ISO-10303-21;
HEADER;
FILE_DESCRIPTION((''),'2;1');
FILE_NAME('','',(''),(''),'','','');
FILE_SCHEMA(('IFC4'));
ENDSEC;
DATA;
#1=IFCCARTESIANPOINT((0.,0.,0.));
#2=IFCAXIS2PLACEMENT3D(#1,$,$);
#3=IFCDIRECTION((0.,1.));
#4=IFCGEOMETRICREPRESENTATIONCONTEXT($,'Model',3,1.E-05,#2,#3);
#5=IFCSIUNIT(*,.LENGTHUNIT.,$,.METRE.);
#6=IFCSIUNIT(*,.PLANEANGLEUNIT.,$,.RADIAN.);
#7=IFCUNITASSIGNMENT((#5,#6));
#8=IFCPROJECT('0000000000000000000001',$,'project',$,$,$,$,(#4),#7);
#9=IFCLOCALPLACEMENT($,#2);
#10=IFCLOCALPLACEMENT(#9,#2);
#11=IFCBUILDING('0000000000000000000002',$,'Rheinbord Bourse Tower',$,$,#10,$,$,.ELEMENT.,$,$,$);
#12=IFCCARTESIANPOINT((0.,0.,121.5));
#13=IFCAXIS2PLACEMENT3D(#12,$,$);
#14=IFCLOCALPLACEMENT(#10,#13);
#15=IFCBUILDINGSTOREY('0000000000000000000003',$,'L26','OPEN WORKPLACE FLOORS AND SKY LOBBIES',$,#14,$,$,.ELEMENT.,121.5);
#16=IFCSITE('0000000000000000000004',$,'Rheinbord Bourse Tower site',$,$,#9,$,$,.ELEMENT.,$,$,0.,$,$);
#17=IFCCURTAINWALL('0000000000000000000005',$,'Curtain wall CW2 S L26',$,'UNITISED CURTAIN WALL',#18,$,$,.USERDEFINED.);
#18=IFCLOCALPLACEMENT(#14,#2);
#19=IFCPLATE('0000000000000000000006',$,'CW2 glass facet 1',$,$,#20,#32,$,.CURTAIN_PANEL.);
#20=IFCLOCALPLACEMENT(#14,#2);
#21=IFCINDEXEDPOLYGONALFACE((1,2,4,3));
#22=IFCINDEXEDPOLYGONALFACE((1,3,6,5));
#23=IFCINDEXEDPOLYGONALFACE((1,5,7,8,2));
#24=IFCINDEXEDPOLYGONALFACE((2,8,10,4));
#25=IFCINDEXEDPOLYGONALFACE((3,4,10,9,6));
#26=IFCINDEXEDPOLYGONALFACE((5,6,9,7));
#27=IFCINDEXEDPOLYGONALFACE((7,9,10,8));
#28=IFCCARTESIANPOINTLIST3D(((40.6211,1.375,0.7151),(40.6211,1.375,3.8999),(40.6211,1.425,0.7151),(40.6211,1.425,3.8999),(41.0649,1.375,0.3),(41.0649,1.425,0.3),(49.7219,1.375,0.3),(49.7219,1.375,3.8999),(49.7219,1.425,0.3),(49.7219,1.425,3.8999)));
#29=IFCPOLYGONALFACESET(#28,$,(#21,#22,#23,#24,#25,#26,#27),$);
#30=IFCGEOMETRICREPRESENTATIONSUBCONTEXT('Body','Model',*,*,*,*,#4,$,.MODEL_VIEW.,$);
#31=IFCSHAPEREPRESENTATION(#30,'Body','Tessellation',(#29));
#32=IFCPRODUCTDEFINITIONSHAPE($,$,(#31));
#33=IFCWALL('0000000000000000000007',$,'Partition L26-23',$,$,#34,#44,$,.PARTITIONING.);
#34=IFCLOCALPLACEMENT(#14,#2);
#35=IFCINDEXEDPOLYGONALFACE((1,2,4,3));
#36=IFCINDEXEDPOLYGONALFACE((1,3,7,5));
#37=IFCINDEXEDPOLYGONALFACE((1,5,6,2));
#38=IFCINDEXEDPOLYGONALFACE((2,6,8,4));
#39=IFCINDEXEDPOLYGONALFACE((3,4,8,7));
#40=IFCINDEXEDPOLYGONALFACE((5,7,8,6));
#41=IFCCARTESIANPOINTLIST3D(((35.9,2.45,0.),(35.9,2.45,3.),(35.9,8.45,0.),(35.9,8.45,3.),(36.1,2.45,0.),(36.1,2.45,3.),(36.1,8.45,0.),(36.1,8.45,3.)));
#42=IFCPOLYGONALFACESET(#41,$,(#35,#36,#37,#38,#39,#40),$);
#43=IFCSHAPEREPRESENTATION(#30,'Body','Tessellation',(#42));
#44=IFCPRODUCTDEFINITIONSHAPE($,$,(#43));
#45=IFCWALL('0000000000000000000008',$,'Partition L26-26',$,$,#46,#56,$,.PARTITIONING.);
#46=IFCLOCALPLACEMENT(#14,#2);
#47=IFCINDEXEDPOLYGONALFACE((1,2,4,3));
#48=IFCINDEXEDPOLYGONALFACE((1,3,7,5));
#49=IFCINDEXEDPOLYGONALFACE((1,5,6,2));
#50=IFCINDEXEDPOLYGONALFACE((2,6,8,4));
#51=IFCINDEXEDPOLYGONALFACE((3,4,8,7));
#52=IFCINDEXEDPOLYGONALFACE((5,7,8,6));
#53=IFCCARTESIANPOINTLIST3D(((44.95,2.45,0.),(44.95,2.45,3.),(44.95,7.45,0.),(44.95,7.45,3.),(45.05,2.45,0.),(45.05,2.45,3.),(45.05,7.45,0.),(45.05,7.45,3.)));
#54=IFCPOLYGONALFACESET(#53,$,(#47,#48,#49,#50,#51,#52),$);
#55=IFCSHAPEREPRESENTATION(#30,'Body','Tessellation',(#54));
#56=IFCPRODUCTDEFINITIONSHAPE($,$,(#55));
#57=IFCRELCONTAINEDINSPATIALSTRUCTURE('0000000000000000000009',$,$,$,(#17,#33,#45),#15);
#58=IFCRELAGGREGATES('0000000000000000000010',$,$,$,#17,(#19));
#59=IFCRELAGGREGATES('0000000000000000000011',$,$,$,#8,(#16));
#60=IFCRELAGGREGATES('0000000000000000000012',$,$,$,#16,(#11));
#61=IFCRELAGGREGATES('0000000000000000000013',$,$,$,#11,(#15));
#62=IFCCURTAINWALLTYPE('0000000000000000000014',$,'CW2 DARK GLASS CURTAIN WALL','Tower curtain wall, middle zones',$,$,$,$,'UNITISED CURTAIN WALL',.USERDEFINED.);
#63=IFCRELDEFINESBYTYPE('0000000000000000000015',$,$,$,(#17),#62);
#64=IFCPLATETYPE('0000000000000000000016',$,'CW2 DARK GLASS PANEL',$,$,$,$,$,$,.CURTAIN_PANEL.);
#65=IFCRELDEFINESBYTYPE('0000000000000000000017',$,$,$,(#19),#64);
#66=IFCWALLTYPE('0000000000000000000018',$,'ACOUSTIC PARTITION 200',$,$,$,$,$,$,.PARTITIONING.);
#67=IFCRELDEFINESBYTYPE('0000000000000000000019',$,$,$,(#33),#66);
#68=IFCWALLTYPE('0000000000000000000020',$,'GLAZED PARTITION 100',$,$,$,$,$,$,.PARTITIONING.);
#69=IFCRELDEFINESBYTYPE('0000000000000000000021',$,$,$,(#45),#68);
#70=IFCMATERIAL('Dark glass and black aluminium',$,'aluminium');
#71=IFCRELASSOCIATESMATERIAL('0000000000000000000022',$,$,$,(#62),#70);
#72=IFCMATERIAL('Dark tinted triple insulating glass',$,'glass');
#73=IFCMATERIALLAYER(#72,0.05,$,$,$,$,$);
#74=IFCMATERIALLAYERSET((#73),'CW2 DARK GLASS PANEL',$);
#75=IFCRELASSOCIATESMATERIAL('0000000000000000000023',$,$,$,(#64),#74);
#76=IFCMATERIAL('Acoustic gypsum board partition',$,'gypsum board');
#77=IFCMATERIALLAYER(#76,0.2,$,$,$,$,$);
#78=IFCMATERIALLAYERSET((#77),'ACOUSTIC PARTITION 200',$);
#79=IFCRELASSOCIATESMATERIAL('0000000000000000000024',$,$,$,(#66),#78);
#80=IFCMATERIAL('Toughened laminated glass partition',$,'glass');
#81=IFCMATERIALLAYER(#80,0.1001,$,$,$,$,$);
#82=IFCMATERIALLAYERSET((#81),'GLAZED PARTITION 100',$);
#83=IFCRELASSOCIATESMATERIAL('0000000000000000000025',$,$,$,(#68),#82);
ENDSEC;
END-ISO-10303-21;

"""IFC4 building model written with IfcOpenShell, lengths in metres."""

from ifc_helpers import new_model, si_unit, direction, frame, frame_2d, origin, place, context, subcontext, project, spatial, polyline, rectangle, outline, extrude, material, layer, layer_set, type_object, element, aggregate, save


model = new_model("IFC4")

# Units and contexts
model_context = context("Model", 3, precision=1e-05, world=origin(), true_north=direction((0.0, 1.0)))
body_context = subcontext(model_context, "Body", "Model", "MODEL_VIEW")
ifc_project = project(units=[si_unit("LENGTHUNIT", "METRE"), si_unit("PLANEANGLEUNIT", "RADIAN")], contexts=[model_context])

# Site, building, storey
site_placement = place(None, origin())
site = spatial("IfcSite", under=ifc_project, at=site_placement, Name="Rheinbord Bourse Tower site", CompositionType="ELEMENT", RefElevation=0.0)
building_placement = place(site_placement, origin())
building = spatial("IfcBuilding", under=site, at=building_placement, Name="Rheinbord Bourse Tower", CompositionType="ELEMENT")
storey_placement = place(building_placement, frame((0.0, 0.0, 121.5)))
storey = spatial("IfcBuildingStorey", under=building, at=storey_placement, Name="L26", Description="OPEN WORKPLACE FLOORS AND SKY LOBBIES", CompositionType="ELEMENT", Elevation=121.5)

# Curtain wall
ifc_material_1 = material(Name="Dark glass and black aluminium", Category="aluminium")
curtain_wall_type = type_object("IfcCurtainWallType", Name="CW2 DARK GLASS CURTAIN WALL", Description="Tower curtain wall, middle zones", ElementType="UNITISED CURTAIN WALL", PredefinedType="USERDEFINED", material=ifc_material_1)
curtain_wall_placement = place(storey_placement, origin())
curtain_wall = element("IfcCurtainWall", 1, at=curtain_wall_placement, inside=storey, type_object=curtain_wall_type, Name="Curtain wall CW2 S L26", ObjectType="UNITISED CURTAIN WALL", PredefinedType="USERDEFINED")

# Plate
ifc_material_2 = material(Name="Dark tinted triple insulating glass", Category="glass")
ifc_layer_1 = layer(ifc_material_2, 0.05)
ifc_layer_set_1 = layer_set([ifc_layer_1], Name="CW2 DARK GLASS PANEL")
plate_type = type_object("IfcPlateType", Name="CW2 DARK GLASS PANEL", PredefinedType="CURTAIN_PANEL", material=ifc_layer_set_1)
plate_1_placement = place(storey_placement, frame((40.6211, 1.375, 3.8999), z_axis=(0.0, 1.0, 0.0), x_axis=(1.0, 0.0, 0.0)))
plate_1 = element("IfcPlate", 2, at=plate_1_placement, type_object=plate_type, Name="CW2 glass facet 1", PredefinedType="CURTAIN_PANEL", context=body_context, shape_type="SweptSolid", body=[
    extrude(outline(polyline([(0.0, 0.0), (9.1008, 0.0), (9.1008, 3.5999), (0.4438, 3.5999), (0.0, 3.1848), (0.0, 0.0)])), origin(), (0.0, 0.0, 1.0), 0.05),
])
aggregate(curtain_wall, [plate_1])

# Walls
ifc_material_3 = material(Name="Acoustic gypsum board partition", Category="gypsum board")
ifc_layer_2 = layer(ifc_material_3, 0.2)
ifc_layer_set_2 = layer_set([ifc_layer_2], Name="ACOUSTIC PARTITION 200")
wall_type_1 = type_object("IfcWallType", Name="ACOUSTIC PARTITION 200", PredefinedType="PARTITIONING", material=ifc_layer_set_2)
wall_1_placement = place(storey_placement, frame((36.0, 2.45, 0.0), z_axis=(0.0, 0.0, 1.0), x_axis=(0.0, 1.0, 0.0)))
element("IfcWall", 3, at=wall_1_placement, inside=storey, type_object=wall_type_1, Name="Partition L26-23", PredefinedType="PARTITIONING", context=body_context, shape_type="SweptSolid", body=[
    extrude(rectangle(XDim=6.0, YDim=0.2, at=frame_2d((3.0, 0.0))), origin(), (0.0, 0.0, 1.0), 3.0),
])
ifc_material_4 = material(Name="Toughened laminated glass partition", Category="glass")
ifc_layer_3 = layer(ifc_material_4, 0.1001)
ifc_layer_set_3 = layer_set([ifc_layer_3], Name="GLAZED PARTITION 100")
wall_type_2 = type_object("IfcWallType", Name="GLAZED PARTITION 100", PredefinedType="PARTITIONING", material=ifc_layer_set_3)
wall_2_placement = place(storey_placement, frame((45.0, 2.45, 0.0), z_axis=(0.0, 0.0, 1.0), x_axis=(0.0, 1.0, 0.0)))
element("IfcWall", 4, at=wall_2_placement, inside=storey, type_object=wall_type_2, Name="Partition L26-26", PredefinedType="PARTITIONING", context=body_context, shape_type="SweptSolid", body=[
    extrude(rectangle(XDim=5.0, YDim=0.1001, at=frame_2d((2.5, 0.0))), origin(), (0.0, 0.0, 1.0), 3.0),
])

save(model, "model.ifc")
